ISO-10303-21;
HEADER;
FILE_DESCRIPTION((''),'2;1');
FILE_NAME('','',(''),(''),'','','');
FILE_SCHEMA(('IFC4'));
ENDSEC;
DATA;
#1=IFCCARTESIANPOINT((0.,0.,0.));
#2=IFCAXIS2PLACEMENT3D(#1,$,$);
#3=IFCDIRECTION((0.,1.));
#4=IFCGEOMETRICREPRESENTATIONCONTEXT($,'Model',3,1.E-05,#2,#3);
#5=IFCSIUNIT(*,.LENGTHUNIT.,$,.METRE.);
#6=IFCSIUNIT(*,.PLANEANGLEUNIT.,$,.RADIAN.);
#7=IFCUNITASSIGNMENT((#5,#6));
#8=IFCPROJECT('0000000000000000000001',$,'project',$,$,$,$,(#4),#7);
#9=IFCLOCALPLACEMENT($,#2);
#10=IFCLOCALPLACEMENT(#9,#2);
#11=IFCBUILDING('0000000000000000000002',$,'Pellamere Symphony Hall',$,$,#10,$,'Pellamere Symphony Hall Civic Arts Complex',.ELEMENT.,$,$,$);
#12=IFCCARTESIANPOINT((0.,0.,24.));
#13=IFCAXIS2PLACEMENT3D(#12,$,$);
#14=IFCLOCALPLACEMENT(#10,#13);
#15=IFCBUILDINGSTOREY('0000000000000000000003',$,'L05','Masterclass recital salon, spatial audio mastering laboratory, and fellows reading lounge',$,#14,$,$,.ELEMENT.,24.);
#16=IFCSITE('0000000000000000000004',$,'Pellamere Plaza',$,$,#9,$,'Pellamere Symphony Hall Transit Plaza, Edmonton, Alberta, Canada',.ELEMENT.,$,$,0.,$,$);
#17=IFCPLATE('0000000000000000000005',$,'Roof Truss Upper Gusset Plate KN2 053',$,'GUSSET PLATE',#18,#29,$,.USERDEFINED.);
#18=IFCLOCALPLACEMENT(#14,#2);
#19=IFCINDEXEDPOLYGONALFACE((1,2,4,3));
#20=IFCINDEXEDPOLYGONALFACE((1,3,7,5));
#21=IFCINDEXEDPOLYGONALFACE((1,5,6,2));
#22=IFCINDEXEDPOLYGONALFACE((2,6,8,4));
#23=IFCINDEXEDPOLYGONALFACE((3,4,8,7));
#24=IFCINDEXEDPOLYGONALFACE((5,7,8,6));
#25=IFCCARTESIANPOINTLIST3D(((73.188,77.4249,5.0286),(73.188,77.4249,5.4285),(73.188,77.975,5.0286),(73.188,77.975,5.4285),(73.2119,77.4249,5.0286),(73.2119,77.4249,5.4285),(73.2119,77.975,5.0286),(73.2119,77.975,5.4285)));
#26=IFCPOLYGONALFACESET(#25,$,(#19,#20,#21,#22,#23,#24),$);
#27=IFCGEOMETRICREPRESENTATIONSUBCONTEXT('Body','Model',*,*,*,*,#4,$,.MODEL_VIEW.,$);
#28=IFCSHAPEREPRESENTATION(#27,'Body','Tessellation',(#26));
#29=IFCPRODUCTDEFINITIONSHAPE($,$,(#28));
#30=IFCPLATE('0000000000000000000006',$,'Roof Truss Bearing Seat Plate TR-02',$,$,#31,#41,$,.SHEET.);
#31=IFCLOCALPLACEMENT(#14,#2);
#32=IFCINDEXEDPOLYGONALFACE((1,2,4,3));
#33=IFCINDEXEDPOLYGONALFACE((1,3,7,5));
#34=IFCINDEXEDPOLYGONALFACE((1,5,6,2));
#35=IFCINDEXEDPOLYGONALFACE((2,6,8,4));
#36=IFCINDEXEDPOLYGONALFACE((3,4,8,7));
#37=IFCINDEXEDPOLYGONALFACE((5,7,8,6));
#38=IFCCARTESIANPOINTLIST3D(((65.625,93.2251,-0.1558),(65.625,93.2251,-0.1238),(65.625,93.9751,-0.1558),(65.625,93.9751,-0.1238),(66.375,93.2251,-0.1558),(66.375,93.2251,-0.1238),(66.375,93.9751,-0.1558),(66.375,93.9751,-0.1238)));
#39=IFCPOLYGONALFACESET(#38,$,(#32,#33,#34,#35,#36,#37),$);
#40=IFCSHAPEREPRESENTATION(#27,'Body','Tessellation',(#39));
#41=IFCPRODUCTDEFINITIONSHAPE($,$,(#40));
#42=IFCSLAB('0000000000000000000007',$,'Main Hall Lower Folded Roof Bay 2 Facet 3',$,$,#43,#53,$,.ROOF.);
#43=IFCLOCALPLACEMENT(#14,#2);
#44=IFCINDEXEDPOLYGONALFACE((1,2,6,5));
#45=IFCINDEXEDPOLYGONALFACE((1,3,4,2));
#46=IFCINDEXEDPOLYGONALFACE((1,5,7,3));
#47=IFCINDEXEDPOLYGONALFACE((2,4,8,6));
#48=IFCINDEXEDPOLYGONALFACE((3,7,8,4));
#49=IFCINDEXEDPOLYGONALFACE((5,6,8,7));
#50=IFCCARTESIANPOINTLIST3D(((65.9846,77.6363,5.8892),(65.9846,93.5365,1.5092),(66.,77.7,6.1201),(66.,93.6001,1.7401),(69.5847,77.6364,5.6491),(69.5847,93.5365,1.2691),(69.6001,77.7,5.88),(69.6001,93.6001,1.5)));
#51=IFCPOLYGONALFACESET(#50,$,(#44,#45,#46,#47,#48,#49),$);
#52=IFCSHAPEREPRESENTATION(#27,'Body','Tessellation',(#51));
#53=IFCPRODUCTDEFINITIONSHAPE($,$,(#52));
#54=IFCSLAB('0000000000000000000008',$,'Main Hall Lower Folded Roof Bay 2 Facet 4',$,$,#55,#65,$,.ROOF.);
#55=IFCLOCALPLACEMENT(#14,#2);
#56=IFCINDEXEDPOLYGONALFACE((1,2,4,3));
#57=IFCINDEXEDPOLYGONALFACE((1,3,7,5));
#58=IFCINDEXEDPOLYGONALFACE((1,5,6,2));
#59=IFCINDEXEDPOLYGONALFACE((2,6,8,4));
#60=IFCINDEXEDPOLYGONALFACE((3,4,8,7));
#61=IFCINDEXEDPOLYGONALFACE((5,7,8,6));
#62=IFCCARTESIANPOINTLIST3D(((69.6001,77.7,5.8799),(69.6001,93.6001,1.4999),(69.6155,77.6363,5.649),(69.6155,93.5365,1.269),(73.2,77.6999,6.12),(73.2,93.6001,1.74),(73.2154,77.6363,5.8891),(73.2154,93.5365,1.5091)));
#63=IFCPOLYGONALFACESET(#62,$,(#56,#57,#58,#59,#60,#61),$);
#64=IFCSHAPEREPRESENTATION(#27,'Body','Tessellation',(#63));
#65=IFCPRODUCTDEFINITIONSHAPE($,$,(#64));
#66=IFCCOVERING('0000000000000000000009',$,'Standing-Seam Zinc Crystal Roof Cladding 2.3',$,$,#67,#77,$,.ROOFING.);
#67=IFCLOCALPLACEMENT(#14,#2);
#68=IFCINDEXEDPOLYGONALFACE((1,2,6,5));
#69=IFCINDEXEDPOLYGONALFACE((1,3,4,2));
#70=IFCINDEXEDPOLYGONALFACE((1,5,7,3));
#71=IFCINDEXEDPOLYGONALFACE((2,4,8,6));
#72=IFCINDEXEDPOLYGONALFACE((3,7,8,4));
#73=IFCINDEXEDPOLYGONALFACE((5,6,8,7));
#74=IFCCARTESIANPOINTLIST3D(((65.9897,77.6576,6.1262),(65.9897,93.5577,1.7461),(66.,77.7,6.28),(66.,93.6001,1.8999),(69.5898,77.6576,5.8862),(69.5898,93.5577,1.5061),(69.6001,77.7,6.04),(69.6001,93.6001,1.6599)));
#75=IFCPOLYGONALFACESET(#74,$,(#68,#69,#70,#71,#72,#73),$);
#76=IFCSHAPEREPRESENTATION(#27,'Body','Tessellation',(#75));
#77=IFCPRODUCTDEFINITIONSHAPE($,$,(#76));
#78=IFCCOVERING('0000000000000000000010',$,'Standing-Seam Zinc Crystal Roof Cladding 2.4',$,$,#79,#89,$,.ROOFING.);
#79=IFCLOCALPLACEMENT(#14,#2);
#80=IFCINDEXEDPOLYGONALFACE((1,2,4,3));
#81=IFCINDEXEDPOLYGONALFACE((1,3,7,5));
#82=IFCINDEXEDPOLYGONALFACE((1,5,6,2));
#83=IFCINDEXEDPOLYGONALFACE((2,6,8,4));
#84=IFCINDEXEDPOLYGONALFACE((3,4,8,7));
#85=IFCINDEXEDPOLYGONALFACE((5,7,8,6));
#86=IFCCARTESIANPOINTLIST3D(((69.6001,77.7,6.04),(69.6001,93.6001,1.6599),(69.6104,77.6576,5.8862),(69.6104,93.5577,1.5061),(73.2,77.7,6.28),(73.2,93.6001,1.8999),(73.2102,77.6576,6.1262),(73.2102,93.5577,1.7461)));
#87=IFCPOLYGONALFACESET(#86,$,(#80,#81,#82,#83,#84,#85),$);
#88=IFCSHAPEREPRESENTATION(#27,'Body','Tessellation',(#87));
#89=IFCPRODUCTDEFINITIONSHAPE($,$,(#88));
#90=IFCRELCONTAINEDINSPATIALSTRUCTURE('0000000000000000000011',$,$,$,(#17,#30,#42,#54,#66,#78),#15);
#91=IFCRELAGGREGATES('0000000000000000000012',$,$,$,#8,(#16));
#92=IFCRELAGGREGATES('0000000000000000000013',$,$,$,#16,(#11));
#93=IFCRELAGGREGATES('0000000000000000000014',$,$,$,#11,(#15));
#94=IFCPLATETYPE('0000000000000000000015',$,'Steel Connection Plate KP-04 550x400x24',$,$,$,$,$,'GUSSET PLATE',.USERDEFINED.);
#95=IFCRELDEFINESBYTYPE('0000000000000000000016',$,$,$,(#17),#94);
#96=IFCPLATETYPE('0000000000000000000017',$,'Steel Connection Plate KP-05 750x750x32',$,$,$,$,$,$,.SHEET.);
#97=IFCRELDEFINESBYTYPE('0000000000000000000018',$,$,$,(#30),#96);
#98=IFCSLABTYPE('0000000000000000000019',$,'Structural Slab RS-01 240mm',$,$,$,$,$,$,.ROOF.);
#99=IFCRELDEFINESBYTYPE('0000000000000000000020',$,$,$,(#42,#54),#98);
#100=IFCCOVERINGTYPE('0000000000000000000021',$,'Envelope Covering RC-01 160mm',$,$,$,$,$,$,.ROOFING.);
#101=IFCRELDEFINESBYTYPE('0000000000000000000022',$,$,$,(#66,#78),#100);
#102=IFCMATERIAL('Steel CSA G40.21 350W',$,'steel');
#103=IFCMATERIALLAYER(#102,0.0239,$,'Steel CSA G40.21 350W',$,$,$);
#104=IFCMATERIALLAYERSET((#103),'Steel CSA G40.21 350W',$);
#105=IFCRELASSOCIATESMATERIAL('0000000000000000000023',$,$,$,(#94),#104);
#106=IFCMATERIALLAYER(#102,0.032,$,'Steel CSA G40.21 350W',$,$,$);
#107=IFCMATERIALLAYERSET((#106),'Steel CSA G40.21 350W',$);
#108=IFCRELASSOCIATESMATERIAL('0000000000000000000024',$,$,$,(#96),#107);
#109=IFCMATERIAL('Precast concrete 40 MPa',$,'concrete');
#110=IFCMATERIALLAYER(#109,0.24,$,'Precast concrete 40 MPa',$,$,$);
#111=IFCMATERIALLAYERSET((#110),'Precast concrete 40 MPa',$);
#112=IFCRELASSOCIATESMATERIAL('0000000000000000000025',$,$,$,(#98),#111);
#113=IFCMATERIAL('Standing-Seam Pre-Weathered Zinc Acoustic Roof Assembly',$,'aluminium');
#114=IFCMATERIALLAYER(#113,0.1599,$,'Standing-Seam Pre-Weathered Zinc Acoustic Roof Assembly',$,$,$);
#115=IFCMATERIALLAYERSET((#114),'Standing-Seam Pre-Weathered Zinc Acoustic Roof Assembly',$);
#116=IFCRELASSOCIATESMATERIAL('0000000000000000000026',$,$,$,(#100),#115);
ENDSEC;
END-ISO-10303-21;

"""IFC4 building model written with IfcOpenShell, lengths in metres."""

from ifc_helpers import new_model, si_unit, direction, frame, origin, origin_2d, place, context, subcontext, project, spatial, polyline, rectangle, outline, extrude, material, layer, layer_set, type_object, element, save


model = new_model("IFC4")

# Units and contexts
model_context = context("Model", 3, precision=1e-05, world=origin(), true_north=direction((0.0, 1.0)))
body_context = subcontext(model_context, "Body", "Model", "MODEL_VIEW")
ifc_project = project(units=[si_unit("LENGTHUNIT", "METRE"), si_unit("PLANEANGLEUNIT", "RADIAN")], contexts=[model_context])

# Site, building, storey
site_placement = place(None, origin())
site = spatial("IfcSite", under=ifc_project, at=site_placement, Name="Pellamere Plaza", LongName="Pellamere Symphony Hall Transit Plaza, Edmonton, Alberta, Canada", CompositionType="ELEMENT", RefElevation=0.0)
building_placement = place(site_placement, origin())
building = spatial("IfcBuilding", under=site, at=building_placement, Name="Pellamere Symphony Hall", LongName="Pellamere Symphony Hall Civic Arts Complex", CompositionType="ELEMENT")
storey_placement = place(building_placement, frame((0.0, 0.0, 24.0)))
storey = spatial("IfcBuildingStorey", under=building, at=storey_placement, Name="L05", Description="Masterclass recital salon, spatial audio mastering laboratory, and fellows reading lounge", CompositionType="ELEMENT", Elevation=24.0)

# Shared definitions
ifc_material_1 = material(Name="Steel CSA G40.21 350W", Category="steel")

# Plates
ifc_layer_1 = layer(ifc_material_1, 0.0239, Name="Steel CSA G40.21 350W")
ifc_layer_set_1 = layer_set([ifc_layer_1], Name="Steel CSA G40.21 350W")
plate_type_1 = type_object("IfcPlateType", Name="Steel Connection Plate KP-04 550x400x24", ElementType="GUSSET PLATE", PredefinedType="USERDEFINED", material=ifc_layer_set_1)
for number, where, z_axis, x_axis, name in (
    (1, (73.2, 77.7, 5.0286), (0.0, 0.0, 1.0), (1.0, 0.0, 0.0), "Roof Truss Upper Gusset Plate KN2 053"),
):
    element("IfcPlate", number, at=place(storey_placement, frame(where, z_axis=z_axis, x_axis=x_axis)), inside=storey, type_object=plate_type_1, Name=name, ObjectType="GUSSET PLATE", PredefinedType="USERDEFINED", context=body_context, shape_type="SweptSolid", body=[
        extrude(rectangle(XDim=0.0239, YDim=0.55, at=origin_2d()), origin(), (0.0, 0.0, 1.0), 0.3999),
    ])
ifc_layer_2 = layer(ifc_material_1, 0.032, Name="Steel CSA G40.21 350W")
ifc_layer_set_2 = layer_set([ifc_layer_2], Name="Steel CSA G40.21 350W")
plate_type_2 = type_object("IfcPlateType", Name="Steel Connection Plate KP-05 750x750x32", PredefinedType="SHEET", material=ifc_layer_set_2)
plate_placement = place(storey_placement, frame((66.0, 93.6001, -0.1558), z_axis=(0.0, 0.0, 1.0), x_axis=(1.0, 0.0, 0.0)))
element("IfcPlate", 2, at=plate_placement, inside=storey, type_object=plate_type_2, Name="Roof Truss Bearing Seat Plate TR-02", PredefinedType="SHEET", context=body_context, shape_type="SweptSolid", body=[
    extrude(rectangle(XDim=0.75, YDim=0.75, at=origin_2d()), origin(), (0.0, 0.0, 1.0), 0.032),
])

# Slabs
ifc_material_2 = material(Name="Precast concrete 40 MPa", Category="concrete")
ifc_layer_3 = layer(ifc_material_2, 0.24, Name="Precast concrete 40 MPa")
ifc_layer_set_3 = layer_set([ifc_layer_3], Name="Precast concrete 40 MPa")
slab_type = type_object("IfcSlabType", Name="Structural Slab RS-01 240mm", PredefinedType="ROOF", material=ifc_layer_set_3)
slab_1_placement = place(storey_placement, frame((66.0, 77.7, 6.1201), z_axis=(0.064168, 0.26503, 0.962103), x_axis=(0.997783, 0.000009, -0.066551)))
element("IfcSlab", 3, at=slab_1_placement, inside=storey, type_object=slab_type, Name="Main Hall Lower Folded Roof Bay 2 Facet 3", PredefinedType="ROOF", context=body_context, shape_type="SweptSolid", body=[
    extrude(outline(polyline([(0.0, 0.0), (3.6081, 0.0), (3.8997, 16.4898), (0.2916, 16.4898), (0.0, 0.0)])), origin(), (0.0, 0.0, -1.0), 0.24),
])
slab_2_placement = place(storey_placement, frame((69.6001, 77.7, 5.8799), z_axis=(-0.064173, 0.26503, 0.962102), x_axis=(0.997783, -0.000009, 0.066555)))
element("IfcSlab", 4, at=slab_2_placement, inside=storey, type_object=slab_type, Name="Main Hall Lower Folded Roof Bay 2 Facet 4", PredefinedType="ROOF", context=body_context, shape_type="SweptSolid", body=[
    extrude(outline(polyline([(0.0, 0.0), (3.6079, 0.0), (3.3162, 16.4898), (-0.2916, 16.4898), (0.0, 0.0)])), origin(), (0.0, 0.0, -1.0), 0.24),
])

# Coverings
ifc_material_3 = material(Name="Standing-Seam Pre-Weathered Zinc Acoustic Roof Assembly", Category="aluminium")
ifc_layer_4 = layer(ifc_material_3, 0.1599, Name="Standing-Seam Pre-Weathered Zinc Acoustic Roof Assembly")
ifc_layer_set_4 = layer_set([ifc_layer_4], Name="Standing-Seam Pre-Weathered Zinc Acoustic Roof Assembly")
covering_type = type_object("IfcCoveringType", Name="Envelope Covering RC-01 160mm", PredefinedType="ROOFING", material=ifc_layer_set_4)
covering_1_placement = place(storey_placement, frame((66.0, 77.7, 6.28), z_axis=(0.064136, 0.265037, 0.962103), x_axis=(0.997785, 0.0, -0.066515)))
element("IfcCovering", 5, at=covering_1_placement, inside=storey, type_object=covering_type, Name="Standing-Seam Zinc Crystal Roof Cladding 2.3", PredefinedType="ROOFING", context=body_context, shape_type="SweptSolid", body=[
    extrude(outline(polyline([(0.0, 0.0), (3.6081, 0.0), (3.8994, 16.4899), (0.2913, 16.4899), (0.0, 0.0)])), origin(), (0.0, 0.0, -1.0), 0.1599),
])
covering_2_placement = place(storey_placement, frame((69.6001, 77.7, 6.04), z_axis=(-0.06414, 0.265037, 0.962103), x_axis=(0.997785, 0.0, 0.066519)))
element("IfcCovering", 6, at=covering_2_placement, inside=storey, type_object=covering_type, Name="Standing-Seam Zinc Crystal Roof Cladding 2.4", PredefinedType="ROOFING", context=body_context, shape_type="SweptSolid", body=[
    extrude(outline(polyline([(0.0, 0.0), (3.6078, 0.0), (3.3165, 16.4899), (-0.2914, 16.4899), (0.0, 0.0)])), origin(), (0.0, 0.0, -1.0), 0.1599),
])

save(model, "model.ifc")
